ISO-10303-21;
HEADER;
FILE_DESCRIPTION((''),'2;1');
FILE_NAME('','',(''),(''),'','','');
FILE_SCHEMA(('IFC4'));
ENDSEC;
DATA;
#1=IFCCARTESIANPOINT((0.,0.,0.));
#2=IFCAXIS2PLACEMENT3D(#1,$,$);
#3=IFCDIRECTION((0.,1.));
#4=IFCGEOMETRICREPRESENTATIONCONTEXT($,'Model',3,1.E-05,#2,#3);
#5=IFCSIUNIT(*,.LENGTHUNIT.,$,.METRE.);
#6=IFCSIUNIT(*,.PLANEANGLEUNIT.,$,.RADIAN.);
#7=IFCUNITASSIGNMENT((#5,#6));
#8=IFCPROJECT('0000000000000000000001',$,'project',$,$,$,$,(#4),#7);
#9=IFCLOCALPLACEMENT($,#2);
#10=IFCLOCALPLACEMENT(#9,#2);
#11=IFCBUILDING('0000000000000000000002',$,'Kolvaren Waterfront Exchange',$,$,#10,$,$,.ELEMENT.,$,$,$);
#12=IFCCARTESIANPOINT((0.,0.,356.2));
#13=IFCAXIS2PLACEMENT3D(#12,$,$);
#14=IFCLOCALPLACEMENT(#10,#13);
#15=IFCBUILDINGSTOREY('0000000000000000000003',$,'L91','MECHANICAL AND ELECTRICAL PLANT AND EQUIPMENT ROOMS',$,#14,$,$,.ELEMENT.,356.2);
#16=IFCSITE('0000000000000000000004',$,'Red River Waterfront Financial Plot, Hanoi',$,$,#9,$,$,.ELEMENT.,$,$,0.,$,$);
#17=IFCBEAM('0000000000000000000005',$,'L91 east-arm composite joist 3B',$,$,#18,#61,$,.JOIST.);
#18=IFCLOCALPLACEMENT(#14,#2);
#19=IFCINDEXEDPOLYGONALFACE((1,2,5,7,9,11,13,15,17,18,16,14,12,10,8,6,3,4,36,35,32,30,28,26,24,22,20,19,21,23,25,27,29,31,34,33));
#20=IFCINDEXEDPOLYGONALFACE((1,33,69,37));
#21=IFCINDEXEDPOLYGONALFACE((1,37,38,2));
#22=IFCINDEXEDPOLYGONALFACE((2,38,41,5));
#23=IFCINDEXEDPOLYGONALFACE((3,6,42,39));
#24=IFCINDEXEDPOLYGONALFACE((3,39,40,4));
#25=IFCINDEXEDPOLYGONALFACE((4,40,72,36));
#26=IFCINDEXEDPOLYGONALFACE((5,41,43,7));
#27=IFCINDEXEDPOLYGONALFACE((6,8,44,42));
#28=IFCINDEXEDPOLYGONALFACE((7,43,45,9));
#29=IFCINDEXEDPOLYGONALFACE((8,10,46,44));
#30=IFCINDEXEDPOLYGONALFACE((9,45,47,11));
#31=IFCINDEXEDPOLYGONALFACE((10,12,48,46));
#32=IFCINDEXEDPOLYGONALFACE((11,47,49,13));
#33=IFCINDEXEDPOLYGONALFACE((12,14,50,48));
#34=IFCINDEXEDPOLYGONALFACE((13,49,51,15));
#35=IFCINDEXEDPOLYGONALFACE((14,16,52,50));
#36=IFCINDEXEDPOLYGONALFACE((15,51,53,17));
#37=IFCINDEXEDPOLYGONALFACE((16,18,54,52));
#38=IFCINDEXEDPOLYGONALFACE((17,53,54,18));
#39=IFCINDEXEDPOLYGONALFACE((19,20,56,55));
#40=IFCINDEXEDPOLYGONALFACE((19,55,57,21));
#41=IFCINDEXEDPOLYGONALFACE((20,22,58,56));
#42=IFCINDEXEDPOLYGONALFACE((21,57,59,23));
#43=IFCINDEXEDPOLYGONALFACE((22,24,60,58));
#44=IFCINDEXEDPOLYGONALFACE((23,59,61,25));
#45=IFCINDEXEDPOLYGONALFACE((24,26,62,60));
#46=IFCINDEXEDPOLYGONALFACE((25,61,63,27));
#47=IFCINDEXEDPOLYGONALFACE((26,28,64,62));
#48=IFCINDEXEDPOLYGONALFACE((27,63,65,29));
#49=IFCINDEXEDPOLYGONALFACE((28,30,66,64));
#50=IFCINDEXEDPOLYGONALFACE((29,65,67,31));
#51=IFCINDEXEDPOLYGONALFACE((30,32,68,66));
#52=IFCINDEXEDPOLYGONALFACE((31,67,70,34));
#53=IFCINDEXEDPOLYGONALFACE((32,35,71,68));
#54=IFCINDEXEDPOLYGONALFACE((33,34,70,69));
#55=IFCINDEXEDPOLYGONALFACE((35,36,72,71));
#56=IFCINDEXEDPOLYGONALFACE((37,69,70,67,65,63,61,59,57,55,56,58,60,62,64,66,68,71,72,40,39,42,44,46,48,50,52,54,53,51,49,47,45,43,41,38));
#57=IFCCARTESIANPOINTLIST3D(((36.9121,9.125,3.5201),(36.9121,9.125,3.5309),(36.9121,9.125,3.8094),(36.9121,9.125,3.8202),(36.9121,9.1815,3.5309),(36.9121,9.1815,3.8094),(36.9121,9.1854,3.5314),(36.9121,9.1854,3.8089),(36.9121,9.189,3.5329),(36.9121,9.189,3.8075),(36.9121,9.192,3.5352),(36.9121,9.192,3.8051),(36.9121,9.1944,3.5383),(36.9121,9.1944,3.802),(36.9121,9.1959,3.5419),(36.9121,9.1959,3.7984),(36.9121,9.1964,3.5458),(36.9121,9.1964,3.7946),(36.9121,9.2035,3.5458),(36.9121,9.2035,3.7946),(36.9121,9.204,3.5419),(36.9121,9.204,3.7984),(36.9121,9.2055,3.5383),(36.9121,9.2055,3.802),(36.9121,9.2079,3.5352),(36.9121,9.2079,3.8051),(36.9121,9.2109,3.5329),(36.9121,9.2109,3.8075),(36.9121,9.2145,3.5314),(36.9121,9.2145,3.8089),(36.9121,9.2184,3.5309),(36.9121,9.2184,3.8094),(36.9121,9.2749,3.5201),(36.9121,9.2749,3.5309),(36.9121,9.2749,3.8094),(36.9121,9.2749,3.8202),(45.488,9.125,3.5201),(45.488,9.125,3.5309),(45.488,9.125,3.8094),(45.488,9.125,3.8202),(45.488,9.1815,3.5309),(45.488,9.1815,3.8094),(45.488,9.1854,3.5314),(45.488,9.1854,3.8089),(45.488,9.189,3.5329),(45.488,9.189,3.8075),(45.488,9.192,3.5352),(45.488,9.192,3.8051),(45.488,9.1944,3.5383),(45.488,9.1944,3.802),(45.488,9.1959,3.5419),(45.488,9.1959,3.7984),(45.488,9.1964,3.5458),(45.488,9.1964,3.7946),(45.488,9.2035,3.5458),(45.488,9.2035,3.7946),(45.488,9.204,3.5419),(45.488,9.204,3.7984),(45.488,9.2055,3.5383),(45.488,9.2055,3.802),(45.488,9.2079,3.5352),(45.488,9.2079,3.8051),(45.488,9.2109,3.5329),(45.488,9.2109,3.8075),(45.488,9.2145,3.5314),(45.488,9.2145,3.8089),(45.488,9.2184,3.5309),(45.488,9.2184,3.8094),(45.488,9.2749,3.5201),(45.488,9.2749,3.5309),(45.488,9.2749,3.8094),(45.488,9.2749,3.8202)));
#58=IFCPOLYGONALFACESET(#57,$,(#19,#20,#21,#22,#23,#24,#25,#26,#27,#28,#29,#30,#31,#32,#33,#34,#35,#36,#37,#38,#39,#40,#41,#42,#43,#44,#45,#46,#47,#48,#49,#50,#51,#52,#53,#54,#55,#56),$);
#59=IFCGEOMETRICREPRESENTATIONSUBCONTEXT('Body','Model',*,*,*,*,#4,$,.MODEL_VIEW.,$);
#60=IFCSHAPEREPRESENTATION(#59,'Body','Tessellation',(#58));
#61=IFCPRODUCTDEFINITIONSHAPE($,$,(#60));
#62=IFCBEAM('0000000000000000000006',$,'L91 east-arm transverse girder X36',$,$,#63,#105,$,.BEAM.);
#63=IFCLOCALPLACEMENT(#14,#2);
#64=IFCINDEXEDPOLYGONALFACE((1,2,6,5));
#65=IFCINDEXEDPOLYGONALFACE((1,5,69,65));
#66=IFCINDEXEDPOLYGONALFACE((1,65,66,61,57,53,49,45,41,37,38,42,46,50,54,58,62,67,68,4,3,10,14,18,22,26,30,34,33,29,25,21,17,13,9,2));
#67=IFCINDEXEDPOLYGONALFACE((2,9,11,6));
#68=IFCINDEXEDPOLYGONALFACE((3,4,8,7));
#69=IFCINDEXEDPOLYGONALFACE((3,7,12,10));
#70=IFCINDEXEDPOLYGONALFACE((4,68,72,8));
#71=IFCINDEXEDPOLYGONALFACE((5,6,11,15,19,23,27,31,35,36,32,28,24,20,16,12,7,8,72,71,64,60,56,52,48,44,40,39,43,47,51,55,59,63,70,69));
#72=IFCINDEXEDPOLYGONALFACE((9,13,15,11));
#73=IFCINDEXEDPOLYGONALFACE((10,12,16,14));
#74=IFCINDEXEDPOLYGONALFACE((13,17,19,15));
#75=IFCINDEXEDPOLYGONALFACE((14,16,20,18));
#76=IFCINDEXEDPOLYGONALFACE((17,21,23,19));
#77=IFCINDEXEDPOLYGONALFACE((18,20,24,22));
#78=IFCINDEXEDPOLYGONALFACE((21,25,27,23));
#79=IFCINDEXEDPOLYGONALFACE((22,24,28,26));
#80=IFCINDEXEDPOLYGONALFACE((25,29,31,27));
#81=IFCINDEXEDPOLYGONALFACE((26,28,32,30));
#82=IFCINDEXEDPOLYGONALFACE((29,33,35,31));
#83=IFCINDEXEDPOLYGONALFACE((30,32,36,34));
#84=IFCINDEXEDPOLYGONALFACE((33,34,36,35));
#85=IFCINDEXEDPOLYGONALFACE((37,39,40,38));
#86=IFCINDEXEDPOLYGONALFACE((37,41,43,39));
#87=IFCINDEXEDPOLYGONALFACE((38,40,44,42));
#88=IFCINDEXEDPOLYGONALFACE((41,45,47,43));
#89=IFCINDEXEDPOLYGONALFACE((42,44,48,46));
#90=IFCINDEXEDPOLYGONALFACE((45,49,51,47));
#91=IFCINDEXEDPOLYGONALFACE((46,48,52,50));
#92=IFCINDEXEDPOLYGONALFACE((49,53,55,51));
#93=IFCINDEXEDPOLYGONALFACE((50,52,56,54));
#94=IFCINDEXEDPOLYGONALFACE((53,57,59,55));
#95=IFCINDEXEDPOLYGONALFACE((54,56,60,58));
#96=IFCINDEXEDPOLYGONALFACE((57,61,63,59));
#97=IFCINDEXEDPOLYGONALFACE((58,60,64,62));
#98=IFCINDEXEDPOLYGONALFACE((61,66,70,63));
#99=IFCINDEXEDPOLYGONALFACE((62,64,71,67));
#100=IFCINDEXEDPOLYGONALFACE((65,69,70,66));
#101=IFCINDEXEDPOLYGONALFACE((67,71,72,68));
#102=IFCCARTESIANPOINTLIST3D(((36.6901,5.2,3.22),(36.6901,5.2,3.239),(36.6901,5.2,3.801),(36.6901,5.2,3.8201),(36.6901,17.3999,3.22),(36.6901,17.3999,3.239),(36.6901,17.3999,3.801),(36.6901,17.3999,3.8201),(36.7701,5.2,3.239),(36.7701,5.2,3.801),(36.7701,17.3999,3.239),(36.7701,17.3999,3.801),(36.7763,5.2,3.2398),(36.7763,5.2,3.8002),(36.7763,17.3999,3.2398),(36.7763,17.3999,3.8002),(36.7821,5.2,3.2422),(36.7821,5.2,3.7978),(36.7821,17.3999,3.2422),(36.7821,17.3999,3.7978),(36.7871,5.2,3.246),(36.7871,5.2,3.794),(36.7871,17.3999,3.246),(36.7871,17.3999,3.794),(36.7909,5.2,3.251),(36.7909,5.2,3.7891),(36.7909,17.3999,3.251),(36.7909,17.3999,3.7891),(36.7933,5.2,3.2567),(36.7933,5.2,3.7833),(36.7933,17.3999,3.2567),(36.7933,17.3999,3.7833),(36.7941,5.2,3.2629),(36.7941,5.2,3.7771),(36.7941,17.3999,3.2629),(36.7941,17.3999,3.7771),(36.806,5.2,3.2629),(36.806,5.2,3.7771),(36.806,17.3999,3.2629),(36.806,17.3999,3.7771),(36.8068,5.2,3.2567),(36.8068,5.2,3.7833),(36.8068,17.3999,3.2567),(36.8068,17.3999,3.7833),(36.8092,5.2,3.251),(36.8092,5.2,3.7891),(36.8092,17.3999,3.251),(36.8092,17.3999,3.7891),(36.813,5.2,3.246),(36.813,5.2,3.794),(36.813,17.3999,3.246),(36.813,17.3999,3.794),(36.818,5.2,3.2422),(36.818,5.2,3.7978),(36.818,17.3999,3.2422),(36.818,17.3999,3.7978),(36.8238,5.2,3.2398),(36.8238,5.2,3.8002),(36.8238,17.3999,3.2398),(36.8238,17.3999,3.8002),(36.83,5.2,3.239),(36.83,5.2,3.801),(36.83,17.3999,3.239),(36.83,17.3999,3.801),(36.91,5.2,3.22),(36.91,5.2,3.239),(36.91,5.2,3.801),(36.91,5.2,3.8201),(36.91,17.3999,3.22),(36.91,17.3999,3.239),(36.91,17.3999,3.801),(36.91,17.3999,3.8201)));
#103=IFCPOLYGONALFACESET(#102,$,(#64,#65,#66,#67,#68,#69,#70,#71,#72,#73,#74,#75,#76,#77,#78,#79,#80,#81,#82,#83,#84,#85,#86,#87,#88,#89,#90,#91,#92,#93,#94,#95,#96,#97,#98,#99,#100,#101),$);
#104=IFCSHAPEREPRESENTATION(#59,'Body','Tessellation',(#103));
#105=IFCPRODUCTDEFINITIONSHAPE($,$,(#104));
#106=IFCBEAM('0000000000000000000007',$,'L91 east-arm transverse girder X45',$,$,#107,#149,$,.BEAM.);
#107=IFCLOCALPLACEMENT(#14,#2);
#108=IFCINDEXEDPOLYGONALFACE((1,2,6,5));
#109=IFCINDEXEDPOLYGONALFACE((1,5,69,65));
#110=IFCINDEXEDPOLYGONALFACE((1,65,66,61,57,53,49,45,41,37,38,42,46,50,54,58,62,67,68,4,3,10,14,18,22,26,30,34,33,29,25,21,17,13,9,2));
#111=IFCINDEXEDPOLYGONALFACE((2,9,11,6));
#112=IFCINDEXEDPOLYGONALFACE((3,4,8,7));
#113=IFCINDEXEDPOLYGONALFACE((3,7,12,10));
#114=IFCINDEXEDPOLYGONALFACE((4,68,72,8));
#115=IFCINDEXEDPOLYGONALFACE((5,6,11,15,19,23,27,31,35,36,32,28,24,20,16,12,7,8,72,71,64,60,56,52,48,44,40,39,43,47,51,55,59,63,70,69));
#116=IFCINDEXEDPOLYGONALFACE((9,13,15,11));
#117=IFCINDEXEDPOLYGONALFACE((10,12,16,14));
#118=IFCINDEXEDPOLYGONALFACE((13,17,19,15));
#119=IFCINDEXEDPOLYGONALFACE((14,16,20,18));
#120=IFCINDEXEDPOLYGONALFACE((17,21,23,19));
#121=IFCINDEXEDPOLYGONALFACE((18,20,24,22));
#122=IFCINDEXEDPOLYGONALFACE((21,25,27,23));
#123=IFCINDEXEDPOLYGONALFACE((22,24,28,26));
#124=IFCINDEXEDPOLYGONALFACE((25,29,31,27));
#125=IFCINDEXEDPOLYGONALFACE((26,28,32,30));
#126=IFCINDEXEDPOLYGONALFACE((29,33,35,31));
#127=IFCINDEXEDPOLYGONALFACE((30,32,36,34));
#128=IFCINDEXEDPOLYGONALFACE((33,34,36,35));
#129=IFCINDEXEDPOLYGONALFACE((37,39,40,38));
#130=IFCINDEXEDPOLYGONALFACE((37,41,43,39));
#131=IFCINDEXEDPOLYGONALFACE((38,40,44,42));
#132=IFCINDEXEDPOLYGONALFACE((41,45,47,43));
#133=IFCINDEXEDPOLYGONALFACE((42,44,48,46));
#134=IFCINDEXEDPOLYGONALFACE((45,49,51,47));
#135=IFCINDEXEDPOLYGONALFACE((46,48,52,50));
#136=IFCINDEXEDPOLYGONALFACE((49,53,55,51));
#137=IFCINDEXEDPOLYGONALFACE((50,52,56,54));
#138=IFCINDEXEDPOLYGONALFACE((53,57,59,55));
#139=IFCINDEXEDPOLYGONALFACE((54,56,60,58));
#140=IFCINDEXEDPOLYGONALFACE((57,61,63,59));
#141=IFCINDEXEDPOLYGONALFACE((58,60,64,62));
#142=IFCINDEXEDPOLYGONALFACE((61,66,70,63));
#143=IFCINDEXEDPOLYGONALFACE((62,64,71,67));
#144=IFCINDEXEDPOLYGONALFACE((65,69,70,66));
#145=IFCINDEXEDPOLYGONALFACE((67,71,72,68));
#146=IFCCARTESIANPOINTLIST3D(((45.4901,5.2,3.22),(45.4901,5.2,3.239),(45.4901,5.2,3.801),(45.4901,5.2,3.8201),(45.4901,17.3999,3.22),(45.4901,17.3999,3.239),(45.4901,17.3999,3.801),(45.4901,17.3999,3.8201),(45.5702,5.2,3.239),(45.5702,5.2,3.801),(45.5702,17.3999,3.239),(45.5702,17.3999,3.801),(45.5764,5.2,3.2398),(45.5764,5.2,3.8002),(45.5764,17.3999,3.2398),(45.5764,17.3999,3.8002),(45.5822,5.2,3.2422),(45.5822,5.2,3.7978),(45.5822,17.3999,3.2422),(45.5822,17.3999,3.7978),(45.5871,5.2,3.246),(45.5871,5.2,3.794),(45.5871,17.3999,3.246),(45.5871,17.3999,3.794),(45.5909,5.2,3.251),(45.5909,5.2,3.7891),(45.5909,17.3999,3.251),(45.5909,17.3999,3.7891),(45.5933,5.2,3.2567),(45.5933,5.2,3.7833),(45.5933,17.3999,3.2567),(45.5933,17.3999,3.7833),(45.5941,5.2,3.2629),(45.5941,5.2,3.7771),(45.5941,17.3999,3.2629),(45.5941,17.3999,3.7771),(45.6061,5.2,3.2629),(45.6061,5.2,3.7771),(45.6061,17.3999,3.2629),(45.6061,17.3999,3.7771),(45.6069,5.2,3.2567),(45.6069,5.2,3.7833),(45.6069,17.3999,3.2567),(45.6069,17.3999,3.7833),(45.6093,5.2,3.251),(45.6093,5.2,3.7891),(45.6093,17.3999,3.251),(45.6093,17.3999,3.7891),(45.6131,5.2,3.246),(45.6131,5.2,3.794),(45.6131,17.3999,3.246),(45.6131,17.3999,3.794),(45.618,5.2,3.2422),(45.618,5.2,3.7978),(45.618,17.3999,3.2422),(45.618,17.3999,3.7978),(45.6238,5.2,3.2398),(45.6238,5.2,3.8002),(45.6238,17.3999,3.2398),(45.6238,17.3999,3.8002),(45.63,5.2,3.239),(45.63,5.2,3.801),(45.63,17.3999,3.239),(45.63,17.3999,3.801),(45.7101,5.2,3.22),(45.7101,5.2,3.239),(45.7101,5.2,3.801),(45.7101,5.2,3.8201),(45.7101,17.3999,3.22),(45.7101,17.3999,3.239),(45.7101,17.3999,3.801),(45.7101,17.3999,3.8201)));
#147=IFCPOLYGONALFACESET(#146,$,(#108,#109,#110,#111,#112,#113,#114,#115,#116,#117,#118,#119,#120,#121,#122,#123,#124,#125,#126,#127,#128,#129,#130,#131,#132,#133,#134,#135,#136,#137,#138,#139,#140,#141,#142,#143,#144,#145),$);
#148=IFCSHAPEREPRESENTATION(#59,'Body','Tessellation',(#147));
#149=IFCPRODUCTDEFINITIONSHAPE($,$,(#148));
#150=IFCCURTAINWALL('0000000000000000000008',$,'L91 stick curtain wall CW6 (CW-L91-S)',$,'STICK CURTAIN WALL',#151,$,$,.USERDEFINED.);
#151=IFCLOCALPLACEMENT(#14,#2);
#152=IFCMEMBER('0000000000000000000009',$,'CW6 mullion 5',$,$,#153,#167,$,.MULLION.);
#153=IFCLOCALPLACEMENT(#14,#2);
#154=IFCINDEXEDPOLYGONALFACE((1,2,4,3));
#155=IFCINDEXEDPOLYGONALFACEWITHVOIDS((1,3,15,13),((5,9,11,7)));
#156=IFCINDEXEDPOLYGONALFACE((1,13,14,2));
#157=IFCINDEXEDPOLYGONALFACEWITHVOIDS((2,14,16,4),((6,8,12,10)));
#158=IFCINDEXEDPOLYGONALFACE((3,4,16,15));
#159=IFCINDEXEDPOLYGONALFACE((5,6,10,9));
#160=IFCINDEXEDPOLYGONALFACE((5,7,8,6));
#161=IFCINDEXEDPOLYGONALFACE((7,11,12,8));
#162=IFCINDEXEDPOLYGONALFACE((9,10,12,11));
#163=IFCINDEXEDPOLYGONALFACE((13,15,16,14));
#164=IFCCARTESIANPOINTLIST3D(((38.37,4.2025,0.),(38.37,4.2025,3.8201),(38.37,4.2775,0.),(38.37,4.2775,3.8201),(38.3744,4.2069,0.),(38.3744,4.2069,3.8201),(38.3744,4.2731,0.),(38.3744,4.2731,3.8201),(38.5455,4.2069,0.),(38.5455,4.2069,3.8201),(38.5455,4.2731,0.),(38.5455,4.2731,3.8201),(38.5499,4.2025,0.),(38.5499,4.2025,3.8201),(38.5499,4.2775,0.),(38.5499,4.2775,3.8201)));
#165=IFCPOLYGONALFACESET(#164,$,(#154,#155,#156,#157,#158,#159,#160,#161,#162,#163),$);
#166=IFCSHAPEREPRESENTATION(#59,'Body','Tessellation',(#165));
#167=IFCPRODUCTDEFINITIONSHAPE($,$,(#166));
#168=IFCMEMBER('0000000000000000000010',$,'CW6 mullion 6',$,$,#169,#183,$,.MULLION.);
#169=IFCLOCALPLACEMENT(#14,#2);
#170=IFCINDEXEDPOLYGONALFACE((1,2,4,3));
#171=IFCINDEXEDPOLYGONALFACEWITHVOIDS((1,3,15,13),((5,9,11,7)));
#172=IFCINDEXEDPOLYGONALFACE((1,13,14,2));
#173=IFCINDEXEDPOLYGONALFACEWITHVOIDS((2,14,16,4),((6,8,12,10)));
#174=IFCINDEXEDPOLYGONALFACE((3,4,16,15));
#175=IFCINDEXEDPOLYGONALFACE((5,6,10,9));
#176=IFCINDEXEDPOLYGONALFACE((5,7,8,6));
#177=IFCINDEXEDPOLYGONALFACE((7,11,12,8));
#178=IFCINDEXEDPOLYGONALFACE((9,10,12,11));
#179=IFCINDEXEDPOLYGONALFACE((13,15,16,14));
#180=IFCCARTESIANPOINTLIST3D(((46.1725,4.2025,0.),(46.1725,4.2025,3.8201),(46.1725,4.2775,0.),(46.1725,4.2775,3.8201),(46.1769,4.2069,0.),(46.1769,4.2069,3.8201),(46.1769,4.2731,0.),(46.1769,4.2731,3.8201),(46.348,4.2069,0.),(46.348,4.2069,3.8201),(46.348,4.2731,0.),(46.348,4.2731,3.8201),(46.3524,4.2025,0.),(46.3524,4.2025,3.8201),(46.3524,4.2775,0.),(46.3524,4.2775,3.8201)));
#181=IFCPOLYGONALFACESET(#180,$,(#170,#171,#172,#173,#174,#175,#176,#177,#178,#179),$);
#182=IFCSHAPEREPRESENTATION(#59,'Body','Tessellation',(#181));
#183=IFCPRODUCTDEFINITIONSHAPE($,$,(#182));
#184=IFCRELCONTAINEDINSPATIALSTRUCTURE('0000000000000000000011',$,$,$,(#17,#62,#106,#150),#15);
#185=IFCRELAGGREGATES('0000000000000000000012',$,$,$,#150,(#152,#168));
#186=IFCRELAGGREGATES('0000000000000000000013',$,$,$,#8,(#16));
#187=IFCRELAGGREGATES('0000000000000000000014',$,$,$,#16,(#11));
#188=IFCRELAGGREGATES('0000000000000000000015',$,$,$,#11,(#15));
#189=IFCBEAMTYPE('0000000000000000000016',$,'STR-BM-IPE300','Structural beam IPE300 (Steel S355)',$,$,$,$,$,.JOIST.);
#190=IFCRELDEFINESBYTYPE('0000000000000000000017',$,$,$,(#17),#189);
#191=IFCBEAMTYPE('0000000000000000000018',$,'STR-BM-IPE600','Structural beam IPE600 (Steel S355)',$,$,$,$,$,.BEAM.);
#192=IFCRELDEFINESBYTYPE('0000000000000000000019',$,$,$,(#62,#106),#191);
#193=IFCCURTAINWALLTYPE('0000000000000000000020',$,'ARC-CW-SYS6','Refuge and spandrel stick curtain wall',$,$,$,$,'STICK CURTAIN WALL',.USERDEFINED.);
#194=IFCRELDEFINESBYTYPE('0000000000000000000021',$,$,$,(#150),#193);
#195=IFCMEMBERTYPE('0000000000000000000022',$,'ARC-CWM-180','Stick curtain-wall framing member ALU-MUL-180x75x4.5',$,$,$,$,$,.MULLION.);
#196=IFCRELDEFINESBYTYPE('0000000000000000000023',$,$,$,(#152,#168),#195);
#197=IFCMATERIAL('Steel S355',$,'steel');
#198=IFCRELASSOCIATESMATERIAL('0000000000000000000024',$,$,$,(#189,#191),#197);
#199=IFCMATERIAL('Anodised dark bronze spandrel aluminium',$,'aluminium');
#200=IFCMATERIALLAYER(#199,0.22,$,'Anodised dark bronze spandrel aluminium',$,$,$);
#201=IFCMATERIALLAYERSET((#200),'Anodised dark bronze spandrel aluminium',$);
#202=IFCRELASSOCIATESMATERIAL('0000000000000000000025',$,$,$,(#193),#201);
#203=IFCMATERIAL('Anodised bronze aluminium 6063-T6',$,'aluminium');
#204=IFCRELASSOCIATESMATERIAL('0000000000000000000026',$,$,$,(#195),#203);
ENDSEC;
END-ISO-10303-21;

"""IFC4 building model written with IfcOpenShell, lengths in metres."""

from ifc_helpers import new_model, si_unit, direction, frame, origin, origin_with_axes, origin_2d, place, context, subcontext, project, spatial, hollow_rectangle, i_section, extrude, source, transform, mapped, material, layer, layer_set, material_profile, profile_set, type_object, element, aggregate, save


model = new_model("IFC4")

# Units and contexts
model_context = context("Model", 3, precision=1e-05, world=origin(), true_north=direction((0.0, 1.0)))
body_context = subcontext(model_context, "Body", "Model", "MODEL_VIEW")
ifc_project = project(units=[si_unit("LENGTHUNIT", "METRE"), si_unit("PLANEANGLEUNIT", "RADIAN")], contexts=[model_context])

# Site, building, storey
site_placement = place(None, origin())
site = spatial("IfcSite", under=ifc_project, at=site_placement, Name="Red River Waterfront Financial Plot, Hanoi", CompositionType="ELEMENT", RefElevation=0.0)
building_placement = place(site_placement, origin())
building = spatial("IfcBuilding", under=site, at=building_placement, Name="Kolvaren Waterfront Exchange", CompositionType="ELEMENT")
storey_placement = place(building_placement, frame((0.0, 0.0, 356.2)))
storey = spatial("IfcBuildingStorey", under=building, at=storey_placement, Name="L91", Description="MECHANICAL AND ELECTRICAL PLANT AND EQUIPMENT ROOMS", CompositionType="ELEMENT", Elevation=356.2)

# Beams
ifc_material_1 = material(Name="Steel S355", Category="steel")
ifc_material_profile_1 = material_profile(ifc_material_1, i_section(OverallWidth=0.1499, OverallDepth=0.3, WebThickness=0.0071, FlangeThickness=0.0107, FilletRadius=0.0149, at=origin_2d()), Name="IPE300")
ifc_profile_set_1 = profile_set([ifc_material_profile_1], Name="Steel S355")
beam_type_1 = type_object("IfcBeamType", Name="STR-BM-IPE300", Description="Structural beam IPE300 (Steel S355)", PredefinedType="JOIST", material=ifc_profile_set_1)
for number, where, z_axis, x_axis, name in (
    (1, (36.9121, 9.2, 3.6702), (1.0, 0.0, 0.0), (0.0, 1.0, 0.0), "L91 east-arm composite joist 3B"),
):
    element("IfcBeam", number, at=place(storey_placement, frame(where, z_axis=z_axis, x_axis=x_axis)), inside=storey, type_object=beam_type_1, Name=name, PredefinedType="JOIST", context=body_context, shape_type="SweptSolid", body=[
        extrude(i_section(OverallWidth=0.1499, OverallDepth=0.3, WebThickness=0.0071, FlangeThickness=0.0107, FilletRadius=0.0149, at=origin_2d()), origin(), (0.0, 0.0, 1.0), 8.5759),
    ])
ifc_material_profile_2 = material_profile(ifc_material_1, i_section(OverallWidth=0.22, OverallDepth=0.6001, WebThickness=0.012, FlangeThickness=0.019, FilletRadius=0.0239, at=origin_2d()), Name="IPE600")
ifc_profile_set_2 = profile_set([ifc_material_profile_2], Name="Steel S355")
beam_type_2 = type_object("IfcBeamType", Name="STR-BM-IPE600", Description="Structural beam IPE600 (Steel S355)", PredefinedType="BEAM", material=ifc_profile_set_2)
for number, where, z_axis, x_axis, name in (
    (2, (36.8, 5.2, 3.52), (0.0, 1.0, 0.0), (-1.0, 0.0, 0.0), "L91 east-arm transverse girder X36"),
    (3, (45.6001, 5.2, 3.52), (0.0, 1.0, 0.0), (-1.0, 0.0, 0.0), "L91 east-arm transverse girder X45"),
):
    element("IfcBeam", number, at=place(storey_placement, frame(where, z_axis=z_axis, x_axis=x_axis)), inside=storey, type_object=beam_type_2, Name=name, PredefinedType="BEAM", context=body_context, shape_type="SweptSolid", body=[
        extrude(i_section(OverallWidth=0.22, OverallDepth=0.6001, WebThickness=0.012, FlangeThickness=0.019, FilletRadius=0.0239, at=origin_2d()), origin(), (0.0, 0.0, 1.0), 12.2),
    ])

# Curtain wall, members
ifc_material_2 = material(Name="Anodised dark bronze spandrel aluminium", Category="aluminium")
ifc_layer_1 = layer(ifc_material_2, 0.22, Name="Anodised dark bronze spandrel aluminium")
ifc_layer_set_1 = layer_set([ifc_layer_1], Name="Anodised dark bronze spandrel aluminium")
curtain_wall_type = type_object("IfcCurtainWallType", Name="ARC-CW-SYS6", Description="Refuge and spandrel stick curtain wall", ElementType="STICK CURTAIN WALL", PredefinedType="USERDEFINED", material=ifc_layer_set_1)
curtain_wall_1_placement = place(storey_placement, origin())
curtain_wall_1 = element("IfcCurtainWall", 4, at=curtain_wall_1_placement, inside=storey, type_object=curtain_wall_type, Name="L91 stick curtain wall CW6 (CW-L91-S)", ObjectType="STICK CURTAIN WALL", PredefinedType="USERDEFINED")
ifc_material_3 = material(Name="Anodised bronze aluminium 6063-T6", Category="aluminium")
ifc_material_profile_3 = material_profile(ifc_material_3, hollow_rectangle(XDim=0.075, YDim=0.1799, WallThickness=0.0044, at=origin_2d()), Name="ALU-MUL-180x75x4.5")
ifc_profile_set_3 = profile_set([ifc_material_profile_3], Name="Anodised bronze aluminium 6063-T6")
member_type_1 = type_object("IfcMemberType", Name="ARC-CWM-180", Description="Stick curtain-wall framing member ALU-MUL-180x75x4.5", PredefinedType="MULLION", material=ifc_profile_set_3)
shared_shape_1 = source(origin_with_axes(), body_context, "Body", "SweptSolid", [
    extrude(hollow_rectangle(XDim=0.075, YDim=0.1799, WallThickness=0.0044, at=origin_2d()), origin(), (0.0, 0.0, 1.0), 3.8201),
])
member_1_placement = place(storey_placement, frame((38.46, 4.24, 0.0), z_axis=(0.0, 0.0, 1.0), x_axis=(0.0, 1.0, 0.0)))
member_1 = element("IfcMember", 5, at=member_1_placement, type_object=member_type_1, Name="CW6 mullion 5", PredefinedType="MULLION", context=body_context, shape_type="MappedRepresentation", body=[
    mapped(shared_shape_1, transform((0.0, 0.0, 0.0), x_axis=(1.0, 0.0, 0.0), y_axis=(0.0, 1.0, 0.0), z_axis=(0.0, 0.0, 1.0), scale=1.0)),
])
member_2_placement = place(storey_placement, frame((46.2625, 4.24, 0.0), z_axis=(0.0, 0.0, 1.0), x_axis=(0.0, 1.0, 0.0)))
member_2 = element("IfcMember", 6, at=member_2_placement, type_object=member_type_1, Name="CW6 mullion 6", PredefinedType="MULLION", context=body_context, shape_type="MappedRepresentation", body=[
    mapped(shared_shape_1, transform((0.0, 0.0, 0.0), x_axis=(1.0, 0.0, 0.0), y_axis=(0.0, 1.0, 0.0), z_axis=(0.0, 0.0, 1.0), scale=1.0)),
])

aggregate(curtain_wall_1, [member_1, member_2])

save(model, "model.ifc")
